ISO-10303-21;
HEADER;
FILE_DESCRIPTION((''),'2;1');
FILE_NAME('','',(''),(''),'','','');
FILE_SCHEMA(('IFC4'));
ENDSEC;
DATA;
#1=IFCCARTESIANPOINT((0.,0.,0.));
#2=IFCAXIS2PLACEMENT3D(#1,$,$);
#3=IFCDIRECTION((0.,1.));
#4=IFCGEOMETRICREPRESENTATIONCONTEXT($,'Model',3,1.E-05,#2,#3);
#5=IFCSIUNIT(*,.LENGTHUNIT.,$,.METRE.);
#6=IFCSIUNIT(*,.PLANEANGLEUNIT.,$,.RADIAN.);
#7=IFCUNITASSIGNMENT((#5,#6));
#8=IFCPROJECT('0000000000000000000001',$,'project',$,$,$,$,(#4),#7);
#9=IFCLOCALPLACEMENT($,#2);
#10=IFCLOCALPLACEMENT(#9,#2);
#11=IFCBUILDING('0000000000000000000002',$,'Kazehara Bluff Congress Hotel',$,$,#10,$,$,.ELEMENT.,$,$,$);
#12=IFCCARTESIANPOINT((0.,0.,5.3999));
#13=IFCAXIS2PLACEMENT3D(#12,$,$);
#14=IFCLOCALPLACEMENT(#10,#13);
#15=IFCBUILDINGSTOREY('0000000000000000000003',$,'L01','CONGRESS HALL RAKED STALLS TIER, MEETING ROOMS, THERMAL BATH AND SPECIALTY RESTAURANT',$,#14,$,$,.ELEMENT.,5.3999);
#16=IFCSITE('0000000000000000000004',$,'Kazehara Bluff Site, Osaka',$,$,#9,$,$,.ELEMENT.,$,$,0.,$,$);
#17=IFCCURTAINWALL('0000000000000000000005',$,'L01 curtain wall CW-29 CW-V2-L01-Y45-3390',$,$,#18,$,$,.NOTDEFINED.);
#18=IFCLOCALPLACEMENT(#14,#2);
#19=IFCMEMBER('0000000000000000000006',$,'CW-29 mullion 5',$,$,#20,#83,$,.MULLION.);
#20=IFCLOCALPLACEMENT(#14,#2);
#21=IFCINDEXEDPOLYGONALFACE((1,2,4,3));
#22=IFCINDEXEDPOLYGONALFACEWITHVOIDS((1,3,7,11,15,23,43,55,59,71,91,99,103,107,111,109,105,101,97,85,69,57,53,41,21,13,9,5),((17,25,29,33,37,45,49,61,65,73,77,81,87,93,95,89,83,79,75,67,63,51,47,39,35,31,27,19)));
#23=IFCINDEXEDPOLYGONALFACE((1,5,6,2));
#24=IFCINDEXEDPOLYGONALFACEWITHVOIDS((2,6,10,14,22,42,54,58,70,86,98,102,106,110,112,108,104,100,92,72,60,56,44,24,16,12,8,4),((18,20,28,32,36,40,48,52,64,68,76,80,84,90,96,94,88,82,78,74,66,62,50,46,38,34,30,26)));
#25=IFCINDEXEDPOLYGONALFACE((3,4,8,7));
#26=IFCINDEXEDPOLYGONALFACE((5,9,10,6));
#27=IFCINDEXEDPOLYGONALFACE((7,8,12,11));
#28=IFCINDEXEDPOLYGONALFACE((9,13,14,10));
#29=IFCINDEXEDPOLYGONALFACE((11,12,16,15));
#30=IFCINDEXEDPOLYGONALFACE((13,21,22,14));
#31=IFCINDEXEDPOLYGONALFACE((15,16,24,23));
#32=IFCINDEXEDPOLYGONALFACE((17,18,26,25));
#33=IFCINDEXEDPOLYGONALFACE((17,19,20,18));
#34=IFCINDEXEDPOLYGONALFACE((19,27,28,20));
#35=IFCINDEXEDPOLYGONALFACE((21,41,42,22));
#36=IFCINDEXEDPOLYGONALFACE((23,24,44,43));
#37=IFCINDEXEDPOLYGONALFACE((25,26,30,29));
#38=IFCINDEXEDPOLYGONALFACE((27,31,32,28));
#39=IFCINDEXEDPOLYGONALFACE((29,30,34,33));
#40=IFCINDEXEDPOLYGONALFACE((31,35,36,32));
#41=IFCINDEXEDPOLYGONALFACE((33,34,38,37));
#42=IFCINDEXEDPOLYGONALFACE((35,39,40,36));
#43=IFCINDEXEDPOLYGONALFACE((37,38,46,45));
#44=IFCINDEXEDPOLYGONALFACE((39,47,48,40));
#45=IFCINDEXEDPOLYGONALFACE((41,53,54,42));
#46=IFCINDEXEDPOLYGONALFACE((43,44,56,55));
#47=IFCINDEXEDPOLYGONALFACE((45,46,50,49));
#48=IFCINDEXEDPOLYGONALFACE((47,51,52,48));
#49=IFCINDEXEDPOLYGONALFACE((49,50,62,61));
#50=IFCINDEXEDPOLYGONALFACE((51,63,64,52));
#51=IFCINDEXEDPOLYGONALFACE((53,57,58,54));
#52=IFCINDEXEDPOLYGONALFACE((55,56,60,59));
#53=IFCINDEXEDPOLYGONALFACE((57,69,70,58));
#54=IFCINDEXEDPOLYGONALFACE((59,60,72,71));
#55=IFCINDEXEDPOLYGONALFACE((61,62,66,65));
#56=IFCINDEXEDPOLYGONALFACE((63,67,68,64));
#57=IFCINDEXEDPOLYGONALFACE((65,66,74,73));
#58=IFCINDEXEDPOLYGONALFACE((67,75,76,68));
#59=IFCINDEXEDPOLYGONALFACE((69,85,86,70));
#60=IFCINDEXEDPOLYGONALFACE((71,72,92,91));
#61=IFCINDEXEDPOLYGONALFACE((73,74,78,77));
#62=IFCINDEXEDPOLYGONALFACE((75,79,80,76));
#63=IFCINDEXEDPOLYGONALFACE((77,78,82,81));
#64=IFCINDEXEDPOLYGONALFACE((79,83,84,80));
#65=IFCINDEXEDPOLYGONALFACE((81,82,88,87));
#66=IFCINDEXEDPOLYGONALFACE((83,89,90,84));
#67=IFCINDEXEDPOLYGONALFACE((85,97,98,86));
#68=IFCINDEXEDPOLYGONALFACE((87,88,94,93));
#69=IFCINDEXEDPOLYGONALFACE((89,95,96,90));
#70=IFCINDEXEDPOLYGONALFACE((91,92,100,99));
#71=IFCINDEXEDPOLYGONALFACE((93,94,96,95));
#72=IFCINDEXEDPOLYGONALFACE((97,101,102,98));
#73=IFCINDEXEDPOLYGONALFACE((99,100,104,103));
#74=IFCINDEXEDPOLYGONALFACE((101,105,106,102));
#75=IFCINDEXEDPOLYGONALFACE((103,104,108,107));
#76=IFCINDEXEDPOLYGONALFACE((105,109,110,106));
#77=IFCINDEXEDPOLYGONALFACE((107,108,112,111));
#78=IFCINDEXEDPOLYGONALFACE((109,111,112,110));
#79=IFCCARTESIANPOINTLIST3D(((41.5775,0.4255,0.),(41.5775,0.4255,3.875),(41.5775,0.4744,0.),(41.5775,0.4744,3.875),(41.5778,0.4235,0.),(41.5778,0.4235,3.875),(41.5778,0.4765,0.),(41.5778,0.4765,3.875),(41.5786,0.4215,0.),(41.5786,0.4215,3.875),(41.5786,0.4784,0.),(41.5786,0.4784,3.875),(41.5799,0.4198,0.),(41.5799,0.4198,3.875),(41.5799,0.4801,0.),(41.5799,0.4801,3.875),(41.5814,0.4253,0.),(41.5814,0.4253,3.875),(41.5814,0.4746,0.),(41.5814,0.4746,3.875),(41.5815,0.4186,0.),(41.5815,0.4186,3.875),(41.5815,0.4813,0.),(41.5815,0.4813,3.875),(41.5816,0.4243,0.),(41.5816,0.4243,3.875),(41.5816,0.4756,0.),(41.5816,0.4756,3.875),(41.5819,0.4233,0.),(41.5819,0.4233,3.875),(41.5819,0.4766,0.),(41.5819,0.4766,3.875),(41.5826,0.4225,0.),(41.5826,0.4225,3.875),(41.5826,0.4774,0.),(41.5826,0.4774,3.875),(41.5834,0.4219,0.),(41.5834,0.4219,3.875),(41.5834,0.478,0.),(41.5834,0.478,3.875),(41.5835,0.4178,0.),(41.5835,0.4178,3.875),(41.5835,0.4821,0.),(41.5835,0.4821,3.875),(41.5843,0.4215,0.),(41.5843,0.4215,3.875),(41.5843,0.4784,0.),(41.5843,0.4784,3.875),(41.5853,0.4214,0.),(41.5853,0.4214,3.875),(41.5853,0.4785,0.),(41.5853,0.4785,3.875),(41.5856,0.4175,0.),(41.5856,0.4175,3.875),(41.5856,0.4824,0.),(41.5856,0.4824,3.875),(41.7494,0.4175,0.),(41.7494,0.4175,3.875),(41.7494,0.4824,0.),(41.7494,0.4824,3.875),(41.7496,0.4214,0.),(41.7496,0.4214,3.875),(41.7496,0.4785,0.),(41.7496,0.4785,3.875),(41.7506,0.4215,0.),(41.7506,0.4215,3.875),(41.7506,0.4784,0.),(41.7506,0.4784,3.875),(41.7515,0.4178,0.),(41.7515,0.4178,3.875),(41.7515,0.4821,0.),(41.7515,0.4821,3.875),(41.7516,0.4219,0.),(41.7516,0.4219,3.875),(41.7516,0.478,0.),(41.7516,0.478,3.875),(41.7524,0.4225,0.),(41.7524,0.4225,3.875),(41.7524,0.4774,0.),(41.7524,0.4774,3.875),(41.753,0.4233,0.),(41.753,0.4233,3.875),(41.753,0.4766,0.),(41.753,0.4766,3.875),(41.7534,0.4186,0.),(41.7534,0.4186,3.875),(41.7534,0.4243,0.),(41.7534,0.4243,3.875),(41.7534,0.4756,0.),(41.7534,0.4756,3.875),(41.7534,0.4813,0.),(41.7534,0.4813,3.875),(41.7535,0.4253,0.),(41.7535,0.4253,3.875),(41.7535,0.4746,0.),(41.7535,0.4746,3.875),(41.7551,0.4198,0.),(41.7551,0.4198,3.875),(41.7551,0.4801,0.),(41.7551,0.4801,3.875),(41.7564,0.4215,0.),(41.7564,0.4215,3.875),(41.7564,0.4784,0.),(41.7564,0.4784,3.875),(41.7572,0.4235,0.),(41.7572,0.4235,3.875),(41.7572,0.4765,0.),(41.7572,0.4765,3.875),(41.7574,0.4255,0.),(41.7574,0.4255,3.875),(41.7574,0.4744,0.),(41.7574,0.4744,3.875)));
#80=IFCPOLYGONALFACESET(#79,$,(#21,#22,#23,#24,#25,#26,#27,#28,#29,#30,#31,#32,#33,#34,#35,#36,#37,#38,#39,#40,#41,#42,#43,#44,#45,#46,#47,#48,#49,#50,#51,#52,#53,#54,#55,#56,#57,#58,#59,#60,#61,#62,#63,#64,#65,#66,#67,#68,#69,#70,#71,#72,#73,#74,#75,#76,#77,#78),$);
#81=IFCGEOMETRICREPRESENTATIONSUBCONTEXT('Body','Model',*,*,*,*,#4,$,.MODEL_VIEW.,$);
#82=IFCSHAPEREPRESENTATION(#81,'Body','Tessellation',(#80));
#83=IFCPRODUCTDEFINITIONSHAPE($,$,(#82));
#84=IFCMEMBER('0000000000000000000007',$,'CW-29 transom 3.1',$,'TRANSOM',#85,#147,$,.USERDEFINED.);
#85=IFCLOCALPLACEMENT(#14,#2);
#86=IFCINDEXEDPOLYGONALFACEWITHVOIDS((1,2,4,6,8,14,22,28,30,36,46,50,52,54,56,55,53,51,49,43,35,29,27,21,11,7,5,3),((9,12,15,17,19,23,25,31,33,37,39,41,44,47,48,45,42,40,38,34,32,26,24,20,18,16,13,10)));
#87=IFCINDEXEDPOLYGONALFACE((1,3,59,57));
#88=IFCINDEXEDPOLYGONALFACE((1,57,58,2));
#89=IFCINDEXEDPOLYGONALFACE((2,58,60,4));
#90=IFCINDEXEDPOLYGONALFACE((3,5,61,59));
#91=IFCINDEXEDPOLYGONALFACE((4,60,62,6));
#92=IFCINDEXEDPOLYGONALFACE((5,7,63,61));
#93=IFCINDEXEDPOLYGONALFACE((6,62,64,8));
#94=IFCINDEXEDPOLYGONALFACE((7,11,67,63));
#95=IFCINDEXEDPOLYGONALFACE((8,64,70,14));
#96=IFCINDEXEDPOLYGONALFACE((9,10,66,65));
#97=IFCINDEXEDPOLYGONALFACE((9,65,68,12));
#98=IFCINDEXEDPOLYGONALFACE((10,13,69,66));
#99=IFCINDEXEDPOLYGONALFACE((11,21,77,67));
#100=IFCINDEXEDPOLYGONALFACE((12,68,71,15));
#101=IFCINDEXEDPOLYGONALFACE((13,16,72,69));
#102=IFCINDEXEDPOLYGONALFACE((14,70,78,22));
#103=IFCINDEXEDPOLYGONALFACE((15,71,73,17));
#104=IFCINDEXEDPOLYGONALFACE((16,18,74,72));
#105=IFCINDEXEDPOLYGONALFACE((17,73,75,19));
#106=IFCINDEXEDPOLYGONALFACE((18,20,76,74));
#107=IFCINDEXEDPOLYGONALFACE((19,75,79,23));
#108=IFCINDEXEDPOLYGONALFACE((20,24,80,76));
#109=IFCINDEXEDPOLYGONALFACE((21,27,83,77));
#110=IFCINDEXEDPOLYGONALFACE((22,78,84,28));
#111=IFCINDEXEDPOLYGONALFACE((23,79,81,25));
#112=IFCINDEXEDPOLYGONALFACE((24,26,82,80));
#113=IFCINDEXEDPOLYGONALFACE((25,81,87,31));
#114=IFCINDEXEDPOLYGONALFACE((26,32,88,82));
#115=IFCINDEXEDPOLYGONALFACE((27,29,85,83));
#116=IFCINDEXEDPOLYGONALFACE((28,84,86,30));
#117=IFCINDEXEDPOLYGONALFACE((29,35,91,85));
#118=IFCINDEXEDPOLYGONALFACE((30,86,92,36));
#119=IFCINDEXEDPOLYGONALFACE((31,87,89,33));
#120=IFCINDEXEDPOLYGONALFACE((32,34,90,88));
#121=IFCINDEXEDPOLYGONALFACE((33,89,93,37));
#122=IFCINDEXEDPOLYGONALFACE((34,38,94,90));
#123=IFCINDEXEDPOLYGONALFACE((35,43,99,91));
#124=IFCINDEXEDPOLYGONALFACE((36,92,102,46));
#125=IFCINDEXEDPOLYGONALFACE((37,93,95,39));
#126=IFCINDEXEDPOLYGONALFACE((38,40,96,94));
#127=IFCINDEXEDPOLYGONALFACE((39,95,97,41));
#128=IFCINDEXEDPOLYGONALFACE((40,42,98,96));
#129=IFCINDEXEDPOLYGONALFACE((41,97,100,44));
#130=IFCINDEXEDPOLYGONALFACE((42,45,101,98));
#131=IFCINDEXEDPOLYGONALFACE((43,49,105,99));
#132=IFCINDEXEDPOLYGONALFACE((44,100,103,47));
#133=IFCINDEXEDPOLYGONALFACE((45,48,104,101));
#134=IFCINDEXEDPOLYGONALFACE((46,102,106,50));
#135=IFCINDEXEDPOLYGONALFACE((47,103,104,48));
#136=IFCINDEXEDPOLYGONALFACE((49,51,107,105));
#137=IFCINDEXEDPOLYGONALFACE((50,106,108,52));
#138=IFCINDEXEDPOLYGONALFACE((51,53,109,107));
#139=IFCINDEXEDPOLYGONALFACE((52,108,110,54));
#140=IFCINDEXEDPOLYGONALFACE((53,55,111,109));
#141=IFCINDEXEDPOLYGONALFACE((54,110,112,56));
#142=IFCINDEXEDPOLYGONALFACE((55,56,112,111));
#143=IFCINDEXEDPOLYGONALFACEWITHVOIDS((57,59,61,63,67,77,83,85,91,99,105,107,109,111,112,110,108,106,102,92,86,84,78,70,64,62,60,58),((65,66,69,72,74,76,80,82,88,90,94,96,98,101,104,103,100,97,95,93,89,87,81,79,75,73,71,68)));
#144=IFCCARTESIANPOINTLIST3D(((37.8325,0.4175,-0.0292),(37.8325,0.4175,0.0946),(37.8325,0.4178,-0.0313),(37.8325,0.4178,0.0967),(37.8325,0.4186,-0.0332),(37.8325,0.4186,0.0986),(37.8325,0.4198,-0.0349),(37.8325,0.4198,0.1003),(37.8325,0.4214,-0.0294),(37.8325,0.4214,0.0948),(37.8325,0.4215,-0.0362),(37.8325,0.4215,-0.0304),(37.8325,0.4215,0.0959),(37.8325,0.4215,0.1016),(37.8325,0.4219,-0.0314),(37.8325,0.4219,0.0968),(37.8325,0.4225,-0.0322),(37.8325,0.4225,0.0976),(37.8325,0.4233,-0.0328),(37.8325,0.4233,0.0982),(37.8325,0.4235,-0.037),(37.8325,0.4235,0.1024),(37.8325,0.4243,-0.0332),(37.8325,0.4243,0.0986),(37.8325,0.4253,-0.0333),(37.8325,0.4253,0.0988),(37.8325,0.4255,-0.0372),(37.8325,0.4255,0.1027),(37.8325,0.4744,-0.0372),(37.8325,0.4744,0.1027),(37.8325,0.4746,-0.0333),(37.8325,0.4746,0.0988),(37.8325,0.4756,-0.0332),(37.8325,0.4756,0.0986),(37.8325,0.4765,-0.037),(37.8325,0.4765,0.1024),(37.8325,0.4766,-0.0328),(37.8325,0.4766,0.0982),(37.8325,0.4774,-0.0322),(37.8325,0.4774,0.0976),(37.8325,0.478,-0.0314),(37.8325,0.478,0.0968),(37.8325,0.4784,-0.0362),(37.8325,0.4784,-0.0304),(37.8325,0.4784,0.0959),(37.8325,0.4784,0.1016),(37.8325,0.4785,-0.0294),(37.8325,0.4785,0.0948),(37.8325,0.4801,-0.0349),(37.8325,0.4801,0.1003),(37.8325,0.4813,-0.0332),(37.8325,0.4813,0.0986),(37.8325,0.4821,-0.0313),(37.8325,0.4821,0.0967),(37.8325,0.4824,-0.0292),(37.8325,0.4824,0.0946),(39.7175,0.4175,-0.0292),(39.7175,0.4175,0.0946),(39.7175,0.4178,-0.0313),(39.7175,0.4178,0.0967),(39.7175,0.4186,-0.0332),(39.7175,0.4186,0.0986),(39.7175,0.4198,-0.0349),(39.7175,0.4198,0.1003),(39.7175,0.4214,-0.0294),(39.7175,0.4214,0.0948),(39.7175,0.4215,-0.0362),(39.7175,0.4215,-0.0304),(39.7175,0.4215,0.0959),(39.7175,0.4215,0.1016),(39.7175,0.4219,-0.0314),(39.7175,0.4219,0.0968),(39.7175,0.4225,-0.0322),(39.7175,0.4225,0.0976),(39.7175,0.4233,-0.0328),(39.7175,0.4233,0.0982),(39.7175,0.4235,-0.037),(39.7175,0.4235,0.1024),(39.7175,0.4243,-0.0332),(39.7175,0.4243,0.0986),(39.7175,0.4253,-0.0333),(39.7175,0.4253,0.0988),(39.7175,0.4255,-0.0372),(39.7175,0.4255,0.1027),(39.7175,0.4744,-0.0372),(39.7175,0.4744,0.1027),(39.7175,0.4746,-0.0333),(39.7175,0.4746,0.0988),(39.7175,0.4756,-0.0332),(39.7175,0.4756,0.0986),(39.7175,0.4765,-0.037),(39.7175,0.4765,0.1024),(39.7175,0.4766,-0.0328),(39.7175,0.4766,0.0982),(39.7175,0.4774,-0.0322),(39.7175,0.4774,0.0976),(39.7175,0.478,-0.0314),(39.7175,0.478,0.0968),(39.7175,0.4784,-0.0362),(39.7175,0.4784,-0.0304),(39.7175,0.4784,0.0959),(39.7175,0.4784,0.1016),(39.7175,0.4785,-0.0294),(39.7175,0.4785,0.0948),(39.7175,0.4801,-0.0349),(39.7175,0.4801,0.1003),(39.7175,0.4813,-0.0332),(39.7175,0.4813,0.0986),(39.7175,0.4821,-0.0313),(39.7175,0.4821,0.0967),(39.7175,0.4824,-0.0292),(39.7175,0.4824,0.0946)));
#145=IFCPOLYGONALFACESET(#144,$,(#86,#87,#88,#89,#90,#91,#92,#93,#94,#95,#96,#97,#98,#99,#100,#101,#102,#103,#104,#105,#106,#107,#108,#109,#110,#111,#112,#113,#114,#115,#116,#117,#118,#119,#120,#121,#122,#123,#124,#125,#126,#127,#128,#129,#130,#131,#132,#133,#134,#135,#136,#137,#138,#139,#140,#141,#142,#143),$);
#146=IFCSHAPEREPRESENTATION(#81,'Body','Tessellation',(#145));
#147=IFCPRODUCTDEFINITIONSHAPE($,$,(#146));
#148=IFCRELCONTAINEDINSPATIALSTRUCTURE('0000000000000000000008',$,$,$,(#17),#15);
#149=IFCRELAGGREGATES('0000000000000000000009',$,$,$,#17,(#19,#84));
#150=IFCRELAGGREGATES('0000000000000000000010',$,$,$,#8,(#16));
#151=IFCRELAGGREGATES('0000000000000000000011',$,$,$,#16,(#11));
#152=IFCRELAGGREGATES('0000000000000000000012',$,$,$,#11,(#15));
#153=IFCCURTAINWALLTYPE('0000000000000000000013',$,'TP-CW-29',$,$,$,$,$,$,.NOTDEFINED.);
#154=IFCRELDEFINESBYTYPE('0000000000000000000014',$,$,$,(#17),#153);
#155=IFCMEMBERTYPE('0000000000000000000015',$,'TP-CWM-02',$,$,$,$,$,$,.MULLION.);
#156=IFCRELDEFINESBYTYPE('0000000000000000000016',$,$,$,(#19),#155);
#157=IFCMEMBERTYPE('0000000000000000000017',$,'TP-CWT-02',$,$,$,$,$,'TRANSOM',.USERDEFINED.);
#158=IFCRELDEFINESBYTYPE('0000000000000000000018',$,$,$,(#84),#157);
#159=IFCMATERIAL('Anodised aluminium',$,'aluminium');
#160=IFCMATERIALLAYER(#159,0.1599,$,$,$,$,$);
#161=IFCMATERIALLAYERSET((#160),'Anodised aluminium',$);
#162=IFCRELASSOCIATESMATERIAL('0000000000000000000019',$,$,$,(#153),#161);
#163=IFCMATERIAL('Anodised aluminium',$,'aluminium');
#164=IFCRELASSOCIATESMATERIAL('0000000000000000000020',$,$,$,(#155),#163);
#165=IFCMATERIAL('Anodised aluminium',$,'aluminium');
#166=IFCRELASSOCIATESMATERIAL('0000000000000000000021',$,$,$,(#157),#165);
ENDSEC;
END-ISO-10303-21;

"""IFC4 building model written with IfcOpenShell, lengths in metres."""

from ifc_helpers import new_model, si_unit, direction, frame, origin, origin_2d, place, context, subcontext, project, spatial, hollow_rectangle, extrude, material, layer, layer_set, material_profile, profile_set, type_object, element, aggregate, save


model = new_model("IFC4")

# Units and contexts
model_context = context("Model", 3, precision=1e-05, world=origin(), true_north=direction((0.0, 1.0)))
body_context = subcontext(model_context, "Body", "Model", "MODEL_VIEW")
ifc_project = project(units=[si_unit("LENGTHUNIT", "METRE"), si_unit("PLANEANGLEUNIT", "RADIAN")], contexts=[model_context])

# Site, building, storey
site_placement = place(None, origin())
site = spatial("IfcSite", under=ifc_project, at=site_placement, Name="Kazehara Bluff Site, Osaka", CompositionType="ELEMENT", RefElevation=0.0)
building_placement = place(site_placement, origin())
building = spatial("IfcBuilding", under=site, at=building_placement, Name="Kazehara Bluff Congress Hotel", CompositionType="ELEMENT")
storey_placement = place(building_placement, frame((0.0, 0.0, 5.3999)))
storey = spatial("IfcBuildingStorey", under=building, at=storey_placement, Name="L01", Description="CONGRESS HALL RAKED STALLS TIER, MEETING ROOMS, THERMAL BATH AND SPECIALTY RESTAURANT", CompositionType="ELEMENT", Elevation=5.3999)

# Curtain wall, members
ifc_material_1 = material(Name="Anodised aluminium", Category="aluminium")
ifc_layer_1 = layer(ifc_material_1, 0.1599)
ifc_layer_set_1 = layer_set([ifc_layer_1], Name="Anodised aluminium")
curtain_wall_type = type_object("IfcCurtainWallType", Name="TP-CW-29", PredefinedType="NOTDEFINED", material=ifc_layer_set_1)
curtain_wall_placement = place(storey_placement, origin())
curtain_wall = element("IfcCurtainWall", 1, at=curtain_wall_placement, inside=storey, type_object=curtain_wall_type, Name="L01 curtain wall CW-29 CW-V2-L01-Y45-3390", PredefinedType="NOTDEFINED")
ifc_material_2 = material(Name="Anodised aluminium", Category="aluminium")
ifc_material_profile_1 = material_profile(ifc_material_2, hollow_rectangle(XDim=0.0649, YDim=0.1799, WallThickness=0.0039, InnerFilletRadius=0.0039, OuterFilletRadius=0.0081, at=origin_2d()))
ifc_profile_set_1 = profile_set([ifc_material_profile_1], Name="Anodised aluminium")
member_type_1 = type_object("IfcMemberType", Name="TP-CWM-02", PredefinedType="MULLION", material=ifc_profile_set_1)
member_1_placement = place(storey_placement, frame((41.6675, 0.45, 0.0), z_axis=(0.0, 0.0, 1.0), x_axis=(0.0, 1.0, 0.0)))
member_1 = element("IfcMember", 2, at=member_1_placement, type_object=member_type_1, Name="CW-29 mullion 5", PredefinedType="MULLION", context=body_context, shape_type="SweptSolid", body=[
    extrude(hollow_rectangle(XDim=0.0649, YDim=0.1799, WallThickness=0.0039, InnerFilletRadius=0.0039, OuterFilletRadius=0.0081, at=origin_2d()), origin(), (0.0, 0.0, 1.0), 3.875),
])
ifc_material_3 = material(Name="Anodised aluminium", Category="aluminium")
ifc_material_profile_2 = material_profile(ifc_material_3, hollow_rectangle(XDim=0.0649, YDim=0.1399, WallThickness=0.0039, InnerFilletRadius=0.0039, OuterFilletRadius=0.0081, at=origin_2d()))
ifc_profile_set_2 = profile_set([ifc_material_profile_2], Name="Anodised aluminium")
member_type_2 = type_object("IfcMemberType", Name="TP-CWT-02", ElementType="TRANSOM", PredefinedType="USERDEFINED", material=ifc_profile_set_2)
member_2_placement = place(storey_placement, frame((37.8325, 0.45, 0.0327), z_axis=(1.0, 0.0, 0.0), x_axis=(0.0, 1.0, 0.0)))
member_2 = element("IfcMember", 3, at=member_2_placement, type_object=member_type_2, Name="CW-29 transom 3.1", ObjectType="TRANSOM", PredefinedType="USERDEFINED", context=body_context, shape_type="SweptSolid", body=[
    extrude(hollow_rectangle(XDim=0.0649, YDim=0.1399, WallThickness=0.0039, InnerFilletRadius=0.0039, OuterFilletRadius=0.0081, at=origin_2d()), origin(), (0.0, 0.0, 1.0), 1.885),
])

aggregate(curtain_wall, [member_1, member_2])

save(model, "model.ifc")
